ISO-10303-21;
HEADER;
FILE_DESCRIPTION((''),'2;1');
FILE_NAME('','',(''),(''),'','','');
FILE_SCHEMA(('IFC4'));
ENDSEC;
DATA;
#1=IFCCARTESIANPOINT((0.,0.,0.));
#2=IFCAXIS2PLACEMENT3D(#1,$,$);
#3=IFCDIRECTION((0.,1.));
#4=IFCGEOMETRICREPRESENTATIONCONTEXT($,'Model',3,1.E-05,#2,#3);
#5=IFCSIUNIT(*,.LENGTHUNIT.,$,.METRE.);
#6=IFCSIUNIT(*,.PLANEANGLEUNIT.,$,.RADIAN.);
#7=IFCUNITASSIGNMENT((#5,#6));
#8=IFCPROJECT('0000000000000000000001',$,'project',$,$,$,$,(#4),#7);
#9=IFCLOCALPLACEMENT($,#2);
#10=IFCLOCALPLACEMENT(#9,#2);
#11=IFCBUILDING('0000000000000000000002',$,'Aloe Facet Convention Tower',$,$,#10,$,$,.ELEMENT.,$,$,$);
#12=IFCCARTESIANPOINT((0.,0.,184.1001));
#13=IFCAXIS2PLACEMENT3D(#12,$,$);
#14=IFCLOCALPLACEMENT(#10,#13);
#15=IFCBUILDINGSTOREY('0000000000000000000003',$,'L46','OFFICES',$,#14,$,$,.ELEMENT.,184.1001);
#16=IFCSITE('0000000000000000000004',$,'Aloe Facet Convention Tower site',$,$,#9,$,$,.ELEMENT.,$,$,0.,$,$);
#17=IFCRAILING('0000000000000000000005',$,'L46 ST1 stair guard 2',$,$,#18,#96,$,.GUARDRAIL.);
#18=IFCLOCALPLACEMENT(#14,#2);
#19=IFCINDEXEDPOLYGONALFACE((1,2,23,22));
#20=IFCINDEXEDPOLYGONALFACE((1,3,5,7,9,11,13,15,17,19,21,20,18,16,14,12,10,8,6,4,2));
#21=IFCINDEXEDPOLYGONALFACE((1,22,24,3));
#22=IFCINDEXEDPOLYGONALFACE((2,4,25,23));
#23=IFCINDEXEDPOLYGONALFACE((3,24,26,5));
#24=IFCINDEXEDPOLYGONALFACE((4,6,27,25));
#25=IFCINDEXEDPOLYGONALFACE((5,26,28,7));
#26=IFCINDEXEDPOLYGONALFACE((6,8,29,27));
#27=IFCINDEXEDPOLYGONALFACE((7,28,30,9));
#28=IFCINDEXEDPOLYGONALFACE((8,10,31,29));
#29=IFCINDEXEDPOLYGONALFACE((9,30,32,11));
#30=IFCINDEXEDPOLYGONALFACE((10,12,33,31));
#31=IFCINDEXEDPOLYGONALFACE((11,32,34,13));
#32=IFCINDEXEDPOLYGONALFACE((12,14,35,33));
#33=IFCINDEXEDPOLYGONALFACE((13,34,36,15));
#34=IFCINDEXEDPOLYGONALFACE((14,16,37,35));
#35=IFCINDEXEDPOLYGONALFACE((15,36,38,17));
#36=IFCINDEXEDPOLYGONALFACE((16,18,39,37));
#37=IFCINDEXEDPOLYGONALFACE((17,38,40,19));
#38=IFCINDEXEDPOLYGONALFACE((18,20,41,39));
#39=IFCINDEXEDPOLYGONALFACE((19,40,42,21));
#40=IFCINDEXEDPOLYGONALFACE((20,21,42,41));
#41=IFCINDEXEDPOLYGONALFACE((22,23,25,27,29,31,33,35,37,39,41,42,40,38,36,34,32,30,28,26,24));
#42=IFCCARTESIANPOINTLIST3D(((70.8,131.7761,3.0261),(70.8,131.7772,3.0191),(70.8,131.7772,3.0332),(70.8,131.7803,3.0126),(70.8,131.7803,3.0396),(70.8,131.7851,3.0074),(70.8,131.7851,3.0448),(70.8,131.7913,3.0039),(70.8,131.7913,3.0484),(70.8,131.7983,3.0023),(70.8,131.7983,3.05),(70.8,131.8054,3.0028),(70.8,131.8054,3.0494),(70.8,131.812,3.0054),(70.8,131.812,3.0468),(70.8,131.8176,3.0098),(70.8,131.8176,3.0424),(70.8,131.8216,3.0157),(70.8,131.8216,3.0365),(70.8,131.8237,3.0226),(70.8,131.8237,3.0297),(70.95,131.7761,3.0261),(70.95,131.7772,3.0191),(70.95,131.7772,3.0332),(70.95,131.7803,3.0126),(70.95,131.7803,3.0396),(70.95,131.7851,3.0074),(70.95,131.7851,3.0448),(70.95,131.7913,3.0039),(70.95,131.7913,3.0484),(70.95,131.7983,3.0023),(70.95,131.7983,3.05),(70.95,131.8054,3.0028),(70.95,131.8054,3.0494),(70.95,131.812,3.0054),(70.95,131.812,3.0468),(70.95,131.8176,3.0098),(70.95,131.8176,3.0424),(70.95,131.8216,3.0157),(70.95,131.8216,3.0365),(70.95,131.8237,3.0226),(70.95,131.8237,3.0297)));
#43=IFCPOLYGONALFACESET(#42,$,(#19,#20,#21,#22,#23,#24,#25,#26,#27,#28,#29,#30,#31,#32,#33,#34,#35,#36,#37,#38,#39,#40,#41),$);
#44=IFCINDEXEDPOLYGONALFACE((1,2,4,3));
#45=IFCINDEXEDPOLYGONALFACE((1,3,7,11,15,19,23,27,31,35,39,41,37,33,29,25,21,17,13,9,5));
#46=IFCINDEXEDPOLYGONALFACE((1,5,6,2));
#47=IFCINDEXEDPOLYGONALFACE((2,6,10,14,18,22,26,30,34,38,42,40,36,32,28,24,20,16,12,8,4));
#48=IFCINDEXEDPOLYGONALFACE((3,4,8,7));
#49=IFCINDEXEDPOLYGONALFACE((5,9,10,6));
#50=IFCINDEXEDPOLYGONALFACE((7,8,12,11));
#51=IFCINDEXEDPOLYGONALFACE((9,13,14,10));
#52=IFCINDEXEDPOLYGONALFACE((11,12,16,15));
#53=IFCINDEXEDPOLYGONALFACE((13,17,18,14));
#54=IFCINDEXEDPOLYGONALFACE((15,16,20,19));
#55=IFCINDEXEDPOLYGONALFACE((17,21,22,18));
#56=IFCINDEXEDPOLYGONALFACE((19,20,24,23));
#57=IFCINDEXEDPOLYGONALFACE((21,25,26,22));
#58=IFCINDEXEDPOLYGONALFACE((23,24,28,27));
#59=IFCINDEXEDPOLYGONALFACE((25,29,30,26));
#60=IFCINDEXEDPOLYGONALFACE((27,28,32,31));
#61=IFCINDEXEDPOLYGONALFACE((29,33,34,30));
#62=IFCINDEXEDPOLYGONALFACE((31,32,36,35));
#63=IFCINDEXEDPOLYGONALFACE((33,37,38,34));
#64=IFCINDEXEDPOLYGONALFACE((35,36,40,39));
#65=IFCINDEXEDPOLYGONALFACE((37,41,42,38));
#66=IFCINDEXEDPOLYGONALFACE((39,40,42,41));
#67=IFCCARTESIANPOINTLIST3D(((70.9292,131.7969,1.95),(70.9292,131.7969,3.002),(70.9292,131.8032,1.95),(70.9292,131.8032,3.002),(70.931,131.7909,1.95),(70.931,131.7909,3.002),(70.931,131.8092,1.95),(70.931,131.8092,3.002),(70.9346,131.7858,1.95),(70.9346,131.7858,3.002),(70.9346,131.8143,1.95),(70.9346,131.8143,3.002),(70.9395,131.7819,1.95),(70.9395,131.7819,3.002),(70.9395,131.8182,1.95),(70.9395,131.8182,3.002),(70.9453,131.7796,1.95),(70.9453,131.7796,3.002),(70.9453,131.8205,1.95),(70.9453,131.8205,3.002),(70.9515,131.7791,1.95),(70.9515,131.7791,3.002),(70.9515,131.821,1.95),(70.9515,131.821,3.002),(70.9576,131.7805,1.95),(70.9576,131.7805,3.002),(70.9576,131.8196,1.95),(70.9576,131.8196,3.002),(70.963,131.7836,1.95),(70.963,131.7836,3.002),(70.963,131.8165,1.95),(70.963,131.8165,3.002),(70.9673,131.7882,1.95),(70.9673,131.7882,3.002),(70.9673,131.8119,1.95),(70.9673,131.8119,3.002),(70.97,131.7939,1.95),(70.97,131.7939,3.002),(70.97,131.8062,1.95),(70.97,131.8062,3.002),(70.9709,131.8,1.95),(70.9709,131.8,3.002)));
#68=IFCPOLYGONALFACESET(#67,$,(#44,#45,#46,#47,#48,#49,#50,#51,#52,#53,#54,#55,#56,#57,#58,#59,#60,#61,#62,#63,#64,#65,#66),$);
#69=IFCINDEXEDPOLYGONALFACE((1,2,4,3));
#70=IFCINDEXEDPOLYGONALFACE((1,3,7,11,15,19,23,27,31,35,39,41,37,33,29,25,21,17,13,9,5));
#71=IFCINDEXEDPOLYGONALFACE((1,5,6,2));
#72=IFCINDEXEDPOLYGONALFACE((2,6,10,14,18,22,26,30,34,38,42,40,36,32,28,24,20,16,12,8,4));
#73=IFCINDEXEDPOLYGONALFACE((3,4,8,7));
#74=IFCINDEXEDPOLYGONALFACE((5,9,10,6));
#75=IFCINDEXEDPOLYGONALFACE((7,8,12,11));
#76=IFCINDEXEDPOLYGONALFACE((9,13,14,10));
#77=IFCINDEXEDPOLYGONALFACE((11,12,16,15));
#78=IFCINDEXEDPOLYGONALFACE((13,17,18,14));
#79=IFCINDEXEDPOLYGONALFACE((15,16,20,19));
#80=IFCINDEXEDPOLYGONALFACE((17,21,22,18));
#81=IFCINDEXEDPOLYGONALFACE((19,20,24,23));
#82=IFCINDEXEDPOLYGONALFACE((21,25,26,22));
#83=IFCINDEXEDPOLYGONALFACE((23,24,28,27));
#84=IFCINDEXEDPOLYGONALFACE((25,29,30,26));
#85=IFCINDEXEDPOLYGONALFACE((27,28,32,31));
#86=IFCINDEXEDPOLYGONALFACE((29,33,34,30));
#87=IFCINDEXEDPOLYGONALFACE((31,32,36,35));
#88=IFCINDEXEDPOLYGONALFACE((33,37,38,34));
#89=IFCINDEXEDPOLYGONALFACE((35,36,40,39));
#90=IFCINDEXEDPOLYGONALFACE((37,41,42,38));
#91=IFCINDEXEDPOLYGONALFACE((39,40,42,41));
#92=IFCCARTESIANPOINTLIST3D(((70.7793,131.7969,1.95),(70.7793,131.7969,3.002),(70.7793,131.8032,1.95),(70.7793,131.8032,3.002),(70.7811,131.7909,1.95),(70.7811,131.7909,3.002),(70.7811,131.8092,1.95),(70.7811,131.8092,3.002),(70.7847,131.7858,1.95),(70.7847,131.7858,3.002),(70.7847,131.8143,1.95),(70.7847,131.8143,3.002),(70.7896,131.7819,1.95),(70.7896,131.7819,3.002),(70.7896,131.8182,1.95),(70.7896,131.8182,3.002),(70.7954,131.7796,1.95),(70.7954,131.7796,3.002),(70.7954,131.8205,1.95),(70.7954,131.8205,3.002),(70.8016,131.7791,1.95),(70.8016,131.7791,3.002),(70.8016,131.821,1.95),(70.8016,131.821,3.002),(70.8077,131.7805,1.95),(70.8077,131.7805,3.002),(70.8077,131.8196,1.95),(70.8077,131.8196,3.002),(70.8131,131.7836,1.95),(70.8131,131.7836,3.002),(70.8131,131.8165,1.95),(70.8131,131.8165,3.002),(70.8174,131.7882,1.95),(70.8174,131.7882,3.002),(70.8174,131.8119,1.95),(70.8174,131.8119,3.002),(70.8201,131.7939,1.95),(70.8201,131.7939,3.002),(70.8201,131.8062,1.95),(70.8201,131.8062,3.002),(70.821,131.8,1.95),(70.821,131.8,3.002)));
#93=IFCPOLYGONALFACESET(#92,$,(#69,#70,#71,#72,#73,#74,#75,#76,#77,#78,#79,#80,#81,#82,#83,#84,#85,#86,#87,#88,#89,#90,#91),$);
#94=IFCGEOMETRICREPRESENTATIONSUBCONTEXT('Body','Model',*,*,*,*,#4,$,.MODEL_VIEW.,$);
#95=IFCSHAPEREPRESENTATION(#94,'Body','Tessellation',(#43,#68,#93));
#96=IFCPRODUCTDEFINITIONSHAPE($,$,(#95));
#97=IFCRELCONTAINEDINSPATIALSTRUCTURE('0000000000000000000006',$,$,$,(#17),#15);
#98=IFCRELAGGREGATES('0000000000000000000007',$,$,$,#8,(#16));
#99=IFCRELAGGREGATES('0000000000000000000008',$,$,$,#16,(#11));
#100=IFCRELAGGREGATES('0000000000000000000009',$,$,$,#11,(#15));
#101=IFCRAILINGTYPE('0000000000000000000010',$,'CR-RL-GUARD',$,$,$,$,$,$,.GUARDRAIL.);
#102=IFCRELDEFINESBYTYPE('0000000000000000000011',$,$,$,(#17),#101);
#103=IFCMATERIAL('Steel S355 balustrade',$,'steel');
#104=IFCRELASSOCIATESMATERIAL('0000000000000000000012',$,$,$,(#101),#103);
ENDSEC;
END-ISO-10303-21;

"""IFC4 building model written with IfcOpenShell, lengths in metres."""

from ifc_helpers import new_model, si_unit, direction, frame, origin, origin_2d, place, context, subcontext, project, spatial, circle, extrude, material, type_object, element, save


model = new_model("IFC4")

# Units and contexts
model_context = context("Model", 3, precision=1e-05, world=origin(), true_north=direction((0.0, 1.0)))
body_context = subcontext(model_context, "Body", "Model", "MODEL_VIEW")
ifc_project = project(units=[si_unit("LENGTHUNIT", "METRE"), si_unit("PLANEANGLEUNIT", "RADIAN")], contexts=[model_context])

# Site, building, storey
site_placement = place(None, origin())
site = spatial("IfcSite", under=ifc_project, at=site_placement, Name="Aloe Facet Convention Tower site", CompositionType="ELEMENT", RefElevation=0.0)
building_placement = place(site_placement, origin())
building = spatial("IfcBuilding", under=site, at=building_placement, Name="Aloe Facet Convention Tower", CompositionType="ELEMENT")
storey_placement = place(building_placement, frame((0.0, 0.0, 184.1001)))
storey = spatial("IfcBuildingStorey", under=building, at=storey_placement, Name="L46", Description="OFFICES", CompositionType="ELEMENT", Elevation=184.1001)

# Railing
ifc_material_1 = material(Name="Steel S355 balustrade", Category="steel")
railing_type_1 = type_object("IfcRailingType", Name="CR-RL-GUARD", PredefinedType="GUARDRAIL", material=ifc_material_1)
railing_1_placement = place(storey_placement, frame((70.95, 131.8, 1.95)))
element("IfcRailing", 1, at=railing_1_placement, inside=storey, type_object=railing_type_1, Name="L46 ST1 stair guard 2", PredefinedType="GUARDRAIL", context=body_context, shape_type="SweptSolid", body=[
    extrude(circle(Radius=0.0239, at=origin_2d()), frame((0.0, 0.0, 1.0762), z_axis=(-1.0, 0.0, 0.0), x_axis=(0.0, -1.0, 0.0)), (0.0, 0.0, 1.0), 0.1499),
    extrude(circle(Radius=0.021, at=origin_2d()), origin(), (0.0, 0.0, 1.0), 1.052),
    extrude(circle(Radius=0.021, at=origin_2d()), frame((-0.1499, 0.0, 0.0)), (0.0, 0.0, 1.0), 1.052),
])

save(model, "model.ifc")
